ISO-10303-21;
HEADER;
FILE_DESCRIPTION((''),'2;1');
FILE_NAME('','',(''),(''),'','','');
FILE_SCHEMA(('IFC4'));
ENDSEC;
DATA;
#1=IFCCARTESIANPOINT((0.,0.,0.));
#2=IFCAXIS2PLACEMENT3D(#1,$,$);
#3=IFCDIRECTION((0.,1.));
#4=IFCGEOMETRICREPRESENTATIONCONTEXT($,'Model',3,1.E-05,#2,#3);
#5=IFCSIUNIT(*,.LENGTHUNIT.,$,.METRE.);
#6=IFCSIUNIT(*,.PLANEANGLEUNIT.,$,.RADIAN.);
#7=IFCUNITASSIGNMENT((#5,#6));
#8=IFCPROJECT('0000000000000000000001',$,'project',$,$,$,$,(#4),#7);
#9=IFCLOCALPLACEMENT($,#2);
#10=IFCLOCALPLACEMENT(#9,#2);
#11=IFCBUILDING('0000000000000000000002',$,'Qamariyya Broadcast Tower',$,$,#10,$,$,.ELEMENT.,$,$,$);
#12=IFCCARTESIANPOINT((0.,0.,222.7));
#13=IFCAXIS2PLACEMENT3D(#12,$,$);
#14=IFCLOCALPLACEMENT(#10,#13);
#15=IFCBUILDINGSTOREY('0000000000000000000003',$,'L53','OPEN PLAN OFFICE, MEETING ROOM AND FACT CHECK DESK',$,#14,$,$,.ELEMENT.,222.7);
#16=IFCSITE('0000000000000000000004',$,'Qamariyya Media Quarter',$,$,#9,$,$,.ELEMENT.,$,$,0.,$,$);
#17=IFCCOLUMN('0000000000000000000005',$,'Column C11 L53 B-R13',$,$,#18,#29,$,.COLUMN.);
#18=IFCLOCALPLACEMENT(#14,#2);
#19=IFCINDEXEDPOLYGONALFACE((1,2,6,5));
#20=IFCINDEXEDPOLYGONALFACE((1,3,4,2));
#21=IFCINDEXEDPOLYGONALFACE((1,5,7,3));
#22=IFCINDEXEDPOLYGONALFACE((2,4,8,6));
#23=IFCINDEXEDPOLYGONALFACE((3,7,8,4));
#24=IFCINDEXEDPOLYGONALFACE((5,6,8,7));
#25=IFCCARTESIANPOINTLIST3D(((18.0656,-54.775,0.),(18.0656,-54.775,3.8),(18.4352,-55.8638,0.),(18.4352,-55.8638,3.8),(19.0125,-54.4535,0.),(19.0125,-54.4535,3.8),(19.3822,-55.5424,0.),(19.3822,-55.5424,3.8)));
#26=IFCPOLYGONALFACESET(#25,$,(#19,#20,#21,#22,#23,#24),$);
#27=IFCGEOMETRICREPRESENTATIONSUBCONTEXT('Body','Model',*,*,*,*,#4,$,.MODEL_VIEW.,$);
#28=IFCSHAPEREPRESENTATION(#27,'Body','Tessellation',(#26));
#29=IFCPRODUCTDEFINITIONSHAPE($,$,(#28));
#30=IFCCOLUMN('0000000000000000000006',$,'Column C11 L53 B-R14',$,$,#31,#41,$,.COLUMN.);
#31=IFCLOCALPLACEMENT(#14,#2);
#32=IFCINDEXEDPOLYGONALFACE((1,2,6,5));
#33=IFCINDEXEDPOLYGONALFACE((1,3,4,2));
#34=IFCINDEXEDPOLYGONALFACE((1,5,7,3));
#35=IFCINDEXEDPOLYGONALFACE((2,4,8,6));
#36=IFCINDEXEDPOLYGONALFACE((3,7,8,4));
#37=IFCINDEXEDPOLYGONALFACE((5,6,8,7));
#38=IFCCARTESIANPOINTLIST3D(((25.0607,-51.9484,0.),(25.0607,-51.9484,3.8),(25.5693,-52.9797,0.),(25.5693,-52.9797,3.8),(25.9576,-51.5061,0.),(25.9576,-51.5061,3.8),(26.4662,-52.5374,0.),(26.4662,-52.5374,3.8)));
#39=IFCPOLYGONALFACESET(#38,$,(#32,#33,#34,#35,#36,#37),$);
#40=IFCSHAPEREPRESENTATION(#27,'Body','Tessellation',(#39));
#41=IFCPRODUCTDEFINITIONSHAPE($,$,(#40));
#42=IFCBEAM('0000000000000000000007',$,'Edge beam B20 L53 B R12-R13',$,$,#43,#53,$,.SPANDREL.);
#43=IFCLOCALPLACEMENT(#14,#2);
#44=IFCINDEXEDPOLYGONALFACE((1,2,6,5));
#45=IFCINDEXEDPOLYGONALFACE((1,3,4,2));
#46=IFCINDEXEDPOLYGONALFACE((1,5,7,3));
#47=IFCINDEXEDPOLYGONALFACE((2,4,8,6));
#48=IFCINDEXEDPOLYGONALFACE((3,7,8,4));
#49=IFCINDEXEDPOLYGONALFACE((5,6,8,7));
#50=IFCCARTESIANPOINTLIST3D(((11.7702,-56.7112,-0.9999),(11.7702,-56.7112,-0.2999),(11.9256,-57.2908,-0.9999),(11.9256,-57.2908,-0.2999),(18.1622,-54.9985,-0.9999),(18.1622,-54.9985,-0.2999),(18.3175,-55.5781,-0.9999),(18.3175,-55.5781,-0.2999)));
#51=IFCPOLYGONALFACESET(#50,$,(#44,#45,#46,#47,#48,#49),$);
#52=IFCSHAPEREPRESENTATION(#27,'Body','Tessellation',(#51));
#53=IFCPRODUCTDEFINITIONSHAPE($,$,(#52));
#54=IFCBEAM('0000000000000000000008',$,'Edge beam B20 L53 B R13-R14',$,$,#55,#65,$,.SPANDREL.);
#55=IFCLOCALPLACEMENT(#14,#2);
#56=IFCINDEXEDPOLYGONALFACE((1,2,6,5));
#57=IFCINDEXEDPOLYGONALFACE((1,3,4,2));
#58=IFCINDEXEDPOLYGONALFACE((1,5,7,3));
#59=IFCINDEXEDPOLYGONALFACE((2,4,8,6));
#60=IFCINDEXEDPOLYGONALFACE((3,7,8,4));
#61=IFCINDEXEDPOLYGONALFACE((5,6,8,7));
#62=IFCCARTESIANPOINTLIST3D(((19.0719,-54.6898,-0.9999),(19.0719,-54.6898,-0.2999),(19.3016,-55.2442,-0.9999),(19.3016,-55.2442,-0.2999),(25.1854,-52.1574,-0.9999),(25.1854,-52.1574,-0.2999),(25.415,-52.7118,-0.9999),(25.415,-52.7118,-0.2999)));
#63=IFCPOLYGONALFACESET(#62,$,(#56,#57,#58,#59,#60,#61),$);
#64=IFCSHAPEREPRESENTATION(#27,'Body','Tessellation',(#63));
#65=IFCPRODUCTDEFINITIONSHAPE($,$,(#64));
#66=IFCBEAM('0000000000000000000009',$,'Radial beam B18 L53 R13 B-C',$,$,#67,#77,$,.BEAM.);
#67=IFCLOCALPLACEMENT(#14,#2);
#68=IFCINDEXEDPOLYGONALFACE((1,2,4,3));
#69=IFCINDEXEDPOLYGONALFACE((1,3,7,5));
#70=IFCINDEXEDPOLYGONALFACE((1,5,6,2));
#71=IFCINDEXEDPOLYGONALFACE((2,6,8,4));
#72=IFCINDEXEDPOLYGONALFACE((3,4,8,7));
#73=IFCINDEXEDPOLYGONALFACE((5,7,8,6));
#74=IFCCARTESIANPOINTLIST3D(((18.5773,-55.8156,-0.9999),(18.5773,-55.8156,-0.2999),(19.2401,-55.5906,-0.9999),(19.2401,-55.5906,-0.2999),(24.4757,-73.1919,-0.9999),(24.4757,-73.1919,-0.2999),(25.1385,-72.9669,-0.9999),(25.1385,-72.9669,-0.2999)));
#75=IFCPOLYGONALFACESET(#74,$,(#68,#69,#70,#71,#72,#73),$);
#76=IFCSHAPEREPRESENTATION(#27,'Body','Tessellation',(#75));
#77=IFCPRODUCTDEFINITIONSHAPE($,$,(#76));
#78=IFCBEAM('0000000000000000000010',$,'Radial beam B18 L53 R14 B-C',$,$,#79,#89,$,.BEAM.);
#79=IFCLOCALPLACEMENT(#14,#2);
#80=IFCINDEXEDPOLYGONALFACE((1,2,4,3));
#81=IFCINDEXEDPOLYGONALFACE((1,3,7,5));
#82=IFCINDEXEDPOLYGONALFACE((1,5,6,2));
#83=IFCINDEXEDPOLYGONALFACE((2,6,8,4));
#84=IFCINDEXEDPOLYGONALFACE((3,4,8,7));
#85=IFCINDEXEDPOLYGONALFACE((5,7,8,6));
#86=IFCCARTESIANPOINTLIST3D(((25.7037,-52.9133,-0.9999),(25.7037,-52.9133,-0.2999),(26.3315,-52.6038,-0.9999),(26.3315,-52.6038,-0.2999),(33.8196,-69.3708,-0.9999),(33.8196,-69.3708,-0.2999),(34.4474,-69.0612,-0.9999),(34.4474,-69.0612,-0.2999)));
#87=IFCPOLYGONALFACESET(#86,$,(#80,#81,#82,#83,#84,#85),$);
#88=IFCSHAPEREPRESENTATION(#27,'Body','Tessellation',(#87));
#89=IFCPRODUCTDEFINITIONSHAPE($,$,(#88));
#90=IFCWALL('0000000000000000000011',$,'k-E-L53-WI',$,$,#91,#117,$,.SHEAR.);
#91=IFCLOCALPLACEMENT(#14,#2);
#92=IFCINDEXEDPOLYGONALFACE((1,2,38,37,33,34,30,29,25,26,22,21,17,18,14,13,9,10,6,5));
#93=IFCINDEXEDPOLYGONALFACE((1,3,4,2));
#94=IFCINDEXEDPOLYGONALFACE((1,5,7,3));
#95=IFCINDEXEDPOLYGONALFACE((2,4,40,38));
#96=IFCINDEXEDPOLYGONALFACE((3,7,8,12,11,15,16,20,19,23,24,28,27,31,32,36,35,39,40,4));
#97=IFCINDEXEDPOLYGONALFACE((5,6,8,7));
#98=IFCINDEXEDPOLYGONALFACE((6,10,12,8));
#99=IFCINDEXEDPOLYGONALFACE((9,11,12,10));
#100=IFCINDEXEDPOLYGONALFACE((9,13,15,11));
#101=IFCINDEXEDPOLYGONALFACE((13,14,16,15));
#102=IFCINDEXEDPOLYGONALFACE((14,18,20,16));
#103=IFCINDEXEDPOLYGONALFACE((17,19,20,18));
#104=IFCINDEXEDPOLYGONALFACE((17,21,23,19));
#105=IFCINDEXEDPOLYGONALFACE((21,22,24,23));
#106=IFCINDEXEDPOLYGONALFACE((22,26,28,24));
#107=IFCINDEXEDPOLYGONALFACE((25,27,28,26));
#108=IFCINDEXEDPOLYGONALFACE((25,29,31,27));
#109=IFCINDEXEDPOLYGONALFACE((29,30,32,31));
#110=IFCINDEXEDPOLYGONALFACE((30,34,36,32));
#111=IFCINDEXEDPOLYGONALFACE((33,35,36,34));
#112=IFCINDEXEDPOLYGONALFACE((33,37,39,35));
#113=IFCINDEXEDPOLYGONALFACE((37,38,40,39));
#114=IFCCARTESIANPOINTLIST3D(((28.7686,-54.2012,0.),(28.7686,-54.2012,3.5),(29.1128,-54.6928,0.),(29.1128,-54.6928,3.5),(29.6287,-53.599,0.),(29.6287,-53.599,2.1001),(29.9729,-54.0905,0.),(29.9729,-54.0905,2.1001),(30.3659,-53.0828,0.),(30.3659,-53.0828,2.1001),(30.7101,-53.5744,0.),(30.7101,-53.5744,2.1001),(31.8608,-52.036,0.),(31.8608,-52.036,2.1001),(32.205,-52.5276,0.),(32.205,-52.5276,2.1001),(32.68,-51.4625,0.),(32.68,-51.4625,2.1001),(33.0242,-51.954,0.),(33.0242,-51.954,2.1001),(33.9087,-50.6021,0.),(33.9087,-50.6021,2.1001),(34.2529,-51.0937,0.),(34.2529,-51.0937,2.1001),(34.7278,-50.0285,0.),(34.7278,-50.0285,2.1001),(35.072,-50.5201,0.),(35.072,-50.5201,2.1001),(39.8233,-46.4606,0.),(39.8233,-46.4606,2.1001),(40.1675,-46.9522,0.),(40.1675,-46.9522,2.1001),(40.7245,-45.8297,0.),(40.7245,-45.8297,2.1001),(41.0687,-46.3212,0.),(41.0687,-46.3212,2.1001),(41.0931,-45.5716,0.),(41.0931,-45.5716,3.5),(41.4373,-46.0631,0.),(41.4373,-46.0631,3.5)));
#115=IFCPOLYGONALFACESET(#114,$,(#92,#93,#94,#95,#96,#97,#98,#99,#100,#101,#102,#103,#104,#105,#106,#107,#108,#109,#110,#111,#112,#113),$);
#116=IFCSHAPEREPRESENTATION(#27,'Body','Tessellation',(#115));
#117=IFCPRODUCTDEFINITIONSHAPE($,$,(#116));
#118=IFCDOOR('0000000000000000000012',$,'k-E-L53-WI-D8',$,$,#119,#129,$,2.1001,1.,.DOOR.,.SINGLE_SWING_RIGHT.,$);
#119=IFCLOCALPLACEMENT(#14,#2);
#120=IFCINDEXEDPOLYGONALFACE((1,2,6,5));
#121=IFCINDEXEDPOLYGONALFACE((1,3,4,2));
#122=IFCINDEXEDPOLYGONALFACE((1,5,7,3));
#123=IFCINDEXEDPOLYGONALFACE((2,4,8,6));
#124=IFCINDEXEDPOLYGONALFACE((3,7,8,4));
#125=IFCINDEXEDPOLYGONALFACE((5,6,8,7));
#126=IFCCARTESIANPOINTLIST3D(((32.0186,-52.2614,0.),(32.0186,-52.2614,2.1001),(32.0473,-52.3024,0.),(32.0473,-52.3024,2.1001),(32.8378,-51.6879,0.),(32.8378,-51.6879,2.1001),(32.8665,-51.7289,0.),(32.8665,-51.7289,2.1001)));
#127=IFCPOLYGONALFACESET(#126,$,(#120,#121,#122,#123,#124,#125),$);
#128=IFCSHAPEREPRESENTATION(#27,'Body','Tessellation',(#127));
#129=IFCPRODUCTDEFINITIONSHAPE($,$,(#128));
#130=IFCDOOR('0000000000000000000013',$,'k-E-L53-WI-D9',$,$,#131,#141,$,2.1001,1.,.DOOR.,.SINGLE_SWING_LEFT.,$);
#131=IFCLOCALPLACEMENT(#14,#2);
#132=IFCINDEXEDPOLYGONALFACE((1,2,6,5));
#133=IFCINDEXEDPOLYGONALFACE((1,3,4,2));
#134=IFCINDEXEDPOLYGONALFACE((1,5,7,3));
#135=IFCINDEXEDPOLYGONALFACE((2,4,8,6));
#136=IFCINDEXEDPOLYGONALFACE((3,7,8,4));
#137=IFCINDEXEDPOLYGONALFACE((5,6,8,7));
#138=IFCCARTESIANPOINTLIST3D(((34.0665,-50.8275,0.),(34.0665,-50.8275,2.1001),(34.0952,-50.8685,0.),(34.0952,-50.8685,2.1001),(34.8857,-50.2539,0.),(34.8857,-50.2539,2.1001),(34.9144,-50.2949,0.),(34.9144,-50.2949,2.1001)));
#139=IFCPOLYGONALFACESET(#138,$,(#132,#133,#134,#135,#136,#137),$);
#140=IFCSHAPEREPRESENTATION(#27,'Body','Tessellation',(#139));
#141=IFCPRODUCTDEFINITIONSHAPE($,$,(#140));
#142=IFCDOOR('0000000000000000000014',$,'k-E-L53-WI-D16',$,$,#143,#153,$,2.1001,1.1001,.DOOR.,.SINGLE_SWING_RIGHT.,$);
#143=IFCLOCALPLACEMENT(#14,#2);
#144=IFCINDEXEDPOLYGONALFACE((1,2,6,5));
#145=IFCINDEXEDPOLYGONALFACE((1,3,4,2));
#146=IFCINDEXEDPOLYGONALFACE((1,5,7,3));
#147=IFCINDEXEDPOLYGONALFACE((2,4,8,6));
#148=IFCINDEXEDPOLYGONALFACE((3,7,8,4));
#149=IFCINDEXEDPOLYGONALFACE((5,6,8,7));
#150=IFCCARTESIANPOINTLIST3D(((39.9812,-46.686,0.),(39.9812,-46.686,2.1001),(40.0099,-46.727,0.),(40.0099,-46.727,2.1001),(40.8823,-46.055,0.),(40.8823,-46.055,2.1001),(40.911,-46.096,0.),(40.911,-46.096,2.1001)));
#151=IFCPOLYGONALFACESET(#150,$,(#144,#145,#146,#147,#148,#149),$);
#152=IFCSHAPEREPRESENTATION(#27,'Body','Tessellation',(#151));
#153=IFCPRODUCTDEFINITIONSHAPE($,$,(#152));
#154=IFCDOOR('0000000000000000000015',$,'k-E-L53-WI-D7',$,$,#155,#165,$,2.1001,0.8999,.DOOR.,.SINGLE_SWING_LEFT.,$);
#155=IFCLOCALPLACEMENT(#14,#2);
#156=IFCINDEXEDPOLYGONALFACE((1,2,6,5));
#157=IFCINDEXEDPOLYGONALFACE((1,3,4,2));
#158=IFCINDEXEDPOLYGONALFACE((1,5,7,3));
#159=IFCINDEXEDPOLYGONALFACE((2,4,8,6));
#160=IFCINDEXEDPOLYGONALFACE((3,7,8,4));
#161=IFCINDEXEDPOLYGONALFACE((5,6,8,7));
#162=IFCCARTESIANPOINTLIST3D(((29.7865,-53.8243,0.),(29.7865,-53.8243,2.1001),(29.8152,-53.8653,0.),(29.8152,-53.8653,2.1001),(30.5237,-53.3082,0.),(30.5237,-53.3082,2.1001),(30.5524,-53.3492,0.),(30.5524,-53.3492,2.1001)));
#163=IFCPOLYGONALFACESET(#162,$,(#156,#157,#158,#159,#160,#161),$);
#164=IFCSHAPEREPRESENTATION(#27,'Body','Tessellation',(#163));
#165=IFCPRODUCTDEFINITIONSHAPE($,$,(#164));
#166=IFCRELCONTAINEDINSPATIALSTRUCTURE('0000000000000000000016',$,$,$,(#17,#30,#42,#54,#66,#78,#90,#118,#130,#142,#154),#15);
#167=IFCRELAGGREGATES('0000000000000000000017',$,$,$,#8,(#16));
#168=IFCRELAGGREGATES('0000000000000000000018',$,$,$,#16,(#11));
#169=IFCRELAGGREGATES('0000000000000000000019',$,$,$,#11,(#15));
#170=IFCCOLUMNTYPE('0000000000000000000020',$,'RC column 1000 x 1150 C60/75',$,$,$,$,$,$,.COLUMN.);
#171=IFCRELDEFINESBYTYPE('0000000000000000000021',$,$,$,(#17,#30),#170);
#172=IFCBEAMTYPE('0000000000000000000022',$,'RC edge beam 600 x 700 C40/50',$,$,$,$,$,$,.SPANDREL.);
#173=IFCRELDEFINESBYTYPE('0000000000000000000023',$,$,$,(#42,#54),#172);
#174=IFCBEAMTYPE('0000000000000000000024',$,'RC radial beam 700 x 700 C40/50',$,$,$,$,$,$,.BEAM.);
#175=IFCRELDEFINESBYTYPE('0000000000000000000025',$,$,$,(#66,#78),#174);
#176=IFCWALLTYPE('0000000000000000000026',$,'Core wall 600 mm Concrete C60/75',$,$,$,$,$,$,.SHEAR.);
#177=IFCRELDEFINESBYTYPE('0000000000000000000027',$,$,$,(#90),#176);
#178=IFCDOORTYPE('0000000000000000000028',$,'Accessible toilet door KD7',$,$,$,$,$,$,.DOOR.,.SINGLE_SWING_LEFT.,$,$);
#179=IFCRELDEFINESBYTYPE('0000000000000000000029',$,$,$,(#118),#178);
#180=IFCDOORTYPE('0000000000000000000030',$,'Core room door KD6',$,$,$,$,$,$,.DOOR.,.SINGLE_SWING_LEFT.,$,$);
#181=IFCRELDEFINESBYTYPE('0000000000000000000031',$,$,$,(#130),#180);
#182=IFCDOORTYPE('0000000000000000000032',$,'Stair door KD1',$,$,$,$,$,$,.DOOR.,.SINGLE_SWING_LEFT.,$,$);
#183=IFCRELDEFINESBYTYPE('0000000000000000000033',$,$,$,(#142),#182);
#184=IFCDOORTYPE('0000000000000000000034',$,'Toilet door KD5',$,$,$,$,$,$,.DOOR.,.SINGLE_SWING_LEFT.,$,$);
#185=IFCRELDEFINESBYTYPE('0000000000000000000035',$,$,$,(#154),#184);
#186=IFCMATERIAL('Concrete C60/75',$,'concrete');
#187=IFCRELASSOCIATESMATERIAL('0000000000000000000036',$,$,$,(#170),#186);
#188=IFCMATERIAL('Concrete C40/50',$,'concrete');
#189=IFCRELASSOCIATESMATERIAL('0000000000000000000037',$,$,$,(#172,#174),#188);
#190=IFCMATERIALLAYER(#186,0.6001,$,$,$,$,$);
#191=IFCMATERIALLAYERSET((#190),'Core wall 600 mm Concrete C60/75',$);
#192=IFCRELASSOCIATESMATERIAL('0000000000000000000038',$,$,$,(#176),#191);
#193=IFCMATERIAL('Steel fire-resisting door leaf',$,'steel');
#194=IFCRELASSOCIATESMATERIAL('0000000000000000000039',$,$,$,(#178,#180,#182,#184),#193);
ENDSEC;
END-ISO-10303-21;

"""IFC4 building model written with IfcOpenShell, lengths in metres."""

from ifc_helpers import new_model, si_unit, direction, frame, frame_2d, origin, origin_2d, place, context, subcontext, project, spatial, rectangle, extrude, material, layer, layer_set, material_profile, profile_set, type_object, element, fill, save


model = new_model("IFC4")

# Units and contexts
model_context = context("Model", 3, precision=1e-05, world=origin(), true_north=direction((0.0, 1.0)))
body_context = subcontext(model_context, "Body", "Model", "MODEL_VIEW")
ifc_project = project(units=[si_unit("LENGTHUNIT", "METRE"), si_unit("PLANEANGLEUNIT", "RADIAN")], contexts=[model_context])

# Site, building, storey
site_placement = place(None, origin())
site = spatial("IfcSite", under=ifc_project, at=site_placement, Name="Qamariyya Media Quarter", CompositionType="ELEMENT", RefElevation=0.0)
building_placement = place(site_placement, origin())
building = spatial("IfcBuilding", under=site, at=building_placement, Name="Qamariyya Broadcast Tower", CompositionType="ELEMENT")
storey_placement = place(building_placement, frame((0.0, 0.0, 222.7)))
storey = spatial("IfcBuildingStorey", under=building, at=storey_placement, Name="L53", Description="OPEN PLAN OFFICE, MEETING ROOM AND FACT CHECK DESK", CompositionType="ELEMENT", Elevation=222.7)

# Columns
ifc_material_1 = material(Name="Concrete C60/75", Category="concrete")
ifc_material_profile_1 = material_profile(ifc_material_1, rectangle(XDim=1.0, YDim=1.1499, at=origin_2d()))
ifc_profile_set_1 = profile_set([ifc_material_profile_1], Name="Concrete C60/75")
column_type = type_object("IfcColumnType", Name="RC column 1000 x 1150 C60/75", PredefinedType="COLUMN", material=ifc_profile_set_1)
for number, where, z_axis, x_axis, name in (
    (1, (18.7239, -55.1587, 0.0), (0.0, 0.0, 1.0), (0.94693, 0.321439, 0.0), "Column C11 L53 B-R13"),
    (2, (25.7634, -52.2429, 0.0), (0.0, 0.0, 1.0), (0.896873, 0.442289, 0.0), "Column C11 L53 B-R14"),
):
    element("IfcColumn", number, at=place(storey_placement, frame(where, z_axis=z_axis, x_axis=x_axis)), inside=storey, type_object=column_type, Name=name, PredefinedType="COLUMN", context=body_context, shape_type="SweptSolid", body=[
        extrude(rectangle(XDim=1.0, YDim=1.1499, at=origin_2d()), origin(), (0.0, 0.0, 1.0), 3.8),
    ])

# Beams
ifc_material_2 = material(Name="Concrete C40/50", Category="concrete")
ifc_material_profile_2 = material_profile(ifc_material_2, rectangle(XDim=0.6001, YDim=0.7, at=origin_2d()))
ifc_profile_set_2 = profile_set([ifc_material_profile_2], Name="Concrete C40/50")
beam_type_1 = type_object("IfcBeamType", Name="RC edge beam 600 x 700 C40/50", PredefinedType="SPANDREL", material=ifc_profile_set_2)
beam_1_placement = place(storey_placement, frame((11.8479, -57.001, -0.6499), z_axis=(0.965927, 0.258813, 0.0), x_axis=(-0.258813, 0.965927, 0.0)))
element("IfcBeam", 3, at=beam_1_placement, inside=storey, type_object=beam_type_1, Name="Edge beam B20 L53 B R12-R13", PredefinedType="SPANDREL", context=body_context, shape_type="SweptSolid", body=[
    extrude(rectangle(XDim=0.6001, YDim=0.7, at=origin_2d()), origin(), (0.0, 0.0, 1.0), 6.6174),
])
beam_2_placement = place(storey_placement, frame((19.1868, -54.967, -0.6499), z_axis=(0.923871, 0.382705, 0.0), x_axis=(-0.382705, 0.923871, 0.0)))
element("IfcBeam", 4, at=beam_2_placement, inside=storey, type_object=beam_type_1, Name="Edge beam B20 L53 B R13-R14", PredefinedType="SPANDREL", context=body_context, shape_type="SweptSolid", body=[
    extrude(rectangle(XDim=0.6001, YDim=0.7, at=origin_2d()), origin(), (0.0, 0.0, 1.0), 6.6172),
])
ifc_material_profile_3 = material_profile(ifc_material_2, rectangle(XDim=0.7, YDim=0.7, at=origin_2d()))
ifc_profile_set_3 = profile_set([ifc_material_profile_3], Name="Concrete C40/50")
beam_type_2 = type_object("IfcBeamType", Name="RC radial beam 700 x 700 C40/50", PredefinedType="BEAM", material=ifc_profile_set_3)
beam_3_placement = place(storey_placement, frame((18.9087, -55.7031, -0.6499), z_axis=(0.32144, -0.94693, 0.0), x_axis=(0.94693, 0.32144, 0.0)))
element("IfcBeam", 5, at=beam_3_placement, inside=storey, type_object=beam_type_2, Name="Radial beam B18 L53 R13 B-C", PredefinedType="BEAM", context=body_context, shape_type="SweptSolid", body=[
    extrude(rectangle(XDim=0.7, YDim=0.7, at=origin_2d()), origin(), (0.0, 0.0, 1.0), 18.3501),
])
beam_4_placement = place(storey_placement, frame((26.0176, -52.7585, -0.6499), z_axis=(0.442289, -0.896872, 0.0), x_axis=(0.896872, 0.442289, 0.0)))
element("IfcBeam", 6, at=beam_4_placement, inside=storey, type_object=beam_type_2, Name="Radial beam B18 L53 R14 B-C", PredefinedType="BEAM", context=body_context, shape_type="SweptSolid", body=[
    extrude(rectangle(XDim=0.7, YDim=0.7, at=origin_2d()), origin(), (0.0, 0.0, 1.0), 18.3499),
])

# Wall, openings, doors
ifc_layer_1 = layer(ifc_material_1, 0.6001)
ifc_layer_set_1 = layer_set([ifc_layer_1], Name="Core wall 600 mm Concrete C60/75")
wall_type_1 = type_object("IfcWallType", Name="Core wall 600 mm Concrete C60/75", PredefinedType="SHEAR", material=ifc_layer_set_1)
wall_1_placement = place(storey_placement, frame((28.9407, -54.447, 0.0), z_axis=(0.0, 0.0, 1.0), x_axis=(0.819153, 0.573575, 0.0)))
wall_1 = element("IfcWall", 7, at=wall_1_placement, inside=storey, type_object=wall_type_1, Name="k-E-L53-WI", PredefinedType="SHEAR", context=body_context, shape_type="SweptSolid", body=[
    extrude(rectangle(XDim=15.0454, YDim=0.6001, at=frame_2d((7.5227, 0.0))), origin(), (0.0, 0.0, 1.0), 3.5),
])
opening_1_placement = place(wall_1_placement, frame((1.05, 0.0, 0.0)))
opening_1 = element("IfcOpeningElement", 8, at=opening_1_placement, cuts=wall_1, PredefinedType="OPENING", context=body_context, shape_type="SweptSolid", body=[
    extrude(rectangle(XDim=0.8999, YDim=2.1001, at=frame_2d((0.45, 1.05))), frame((0.0, 0.3101, 0.0), z_axis=(0.0, -1.0, 0.0), x_axis=(1.0, 0.0, 0.0)), (0.0, 0.0, 1.0), 0.6201),
])
opening_2_placement = place(wall_1_placement, frame((3.7749, 0.0, 0.0)))
opening_2 = element("IfcOpeningElement", 9, at=opening_2_placement, cuts=wall_1, PredefinedType="OPENING", context=body_context, shape_type="SweptSolid", body=[
    extrude(rectangle(XDim=1.0, YDim=2.1001, at=frame_2d((0.5, 1.05))), frame((0.0, 0.3101, 0.0), z_axis=(0.0, -1.0, 0.0), x_axis=(1.0, 0.0, 0.0)), (0.0, 0.0, 1.0), 0.6201),
])
opening_3_placement = place(wall_1_placement, frame((6.2749, 0.0, 0.0)))
opening_3 = element("IfcOpeningElement", 10, at=opening_3_placement, cuts=wall_1, PredefinedType="OPENING", context=body_context, shape_type="SweptSolid", body=[
    extrude(rectangle(XDim=1.0, YDim=2.1001, at=frame_2d((0.5, 1.05))), frame((0.0, 0.3101, 0.0), z_axis=(0.0, -1.0, 0.0), x_axis=(1.0, 0.0, 0.0)), (0.0, 0.0, 1.0), 0.6201),
])
opening_4_placement = place(wall_1_placement, frame((13.4954, 0.0, 0.0)))
opening_4 = element("IfcOpeningElement", 11, at=opening_4_placement, cuts=wall_1, PredefinedType="OPENING", context=body_context, shape_type="SweptSolid", body=[
    extrude(rectangle(XDim=1.1001, YDim=2.1001, at=frame_2d((0.55, 1.05))), frame((0.0, 0.3101, 0.0), z_axis=(0.0, -1.0, 0.0), x_axis=(1.0, 0.0, 0.0)), (0.0, 0.0, 1.0), 0.6201),
])
ifc_material_3 = material(Name="Steel fire-resisting door leaf", Category="steel")
door_type_1 = type_object("IfcDoorType", Name="Accessible toilet door KD7", OperationType="SINGLE_SWING_LEFT", PredefinedType="DOOR", material=ifc_material_3)
door_1_placement = place(opening_2_placement, origin())
door_1 = element("IfcDoor", 12, at=door_1_placement, inside=storey, type_object=door_type_1, Name="k-E-L53-WI-D8", OperationType="SINGLE_SWING_RIGHT", OverallHeight=2.1001, OverallWidth=1.0, PredefinedType="DOOR", context=body_context, shape_type="SweptSolid", body=[
    extrude(rectangle(XDim=1.0, YDim=2.1001, at=frame_2d((0.5, 1.05))), frame((0.0, 0.0249, 0.0), z_axis=(0.0, -1.0, 0.0), x_axis=(1.0, 0.0, 0.0)), (0.0, 0.0, 1.0), 0.05),
])
fill(opening_2, door_1)
door_type_2 = type_object("IfcDoorType", Name="Core room door KD6", OperationType="SINGLE_SWING_LEFT", PredefinedType="DOOR", material=ifc_material_3)
door_2_placement = place(opening_3_placement, origin())
door_2 = element("IfcDoor", 13, at=door_2_placement, inside=storey, type_object=door_type_2, Name="k-E-L53-WI-D9", OperationType="SINGLE_SWING_LEFT", OverallHeight=2.1001, OverallWidth=1.0, PredefinedType="DOOR", context=body_context, shape_type="SweptSolid", body=[
    extrude(rectangle(XDim=1.0, YDim=2.1001, at=frame_2d((0.5, 1.05))), frame((0.0, 0.0249, 0.0), z_axis=(0.0, -1.0, 0.0), x_axis=(1.0, 0.0, 0.0)), (0.0, 0.0, 1.0), 0.05),
])
fill(opening_3, door_2)
door_type_3 = type_object("IfcDoorType", Name="Stair door KD1", OperationType="SINGLE_SWING_LEFT", PredefinedType="DOOR", material=ifc_material_3)
door_3_placement = place(opening_4_placement, origin())
door_3 = element("IfcDoor", 14, at=door_3_placement, inside=storey, type_object=door_type_3, Name="k-E-L53-WI-D16", OperationType="SINGLE_SWING_RIGHT", OverallHeight=2.1001, OverallWidth=1.1001, PredefinedType="DOOR", context=body_context, shape_type="SweptSolid", body=[
    extrude(rectangle(XDim=1.1001, YDim=2.1001, at=frame_2d((0.55, 1.05))), frame((0.0, 0.0249, 0.0), z_axis=(0.0, -1.0, 0.0), x_axis=(1.0, 0.0, 0.0)), (0.0, 0.0, 1.0), 0.05),
])
fill(opening_4, door_3)
door_type_4 = type_object("IfcDoorType", Name="Toilet door KD5", OperationType="SINGLE_SWING_LEFT", PredefinedType="DOOR", material=ifc_material_3)
door_4_placement = place(opening_1_placement, origin())
door_4 = element("IfcDoor", 15, at=door_4_placement, inside=storey, type_object=door_type_4, Name="k-E-L53-WI-D7", OperationType="SINGLE_SWING_LEFT", OverallHeight=2.1001, OverallWidth=0.8999, PredefinedType="DOOR", context=body_context, shape_type="SweptSolid", body=[
    extrude(rectangle(XDim=0.8999, YDim=2.1001, at=frame_2d((0.45, 1.05))), frame((0.0, 0.0249, 0.0), z_axis=(0.0, -1.0, 0.0), x_axis=(1.0, 0.0, 0.0)), (0.0, 0.0, 1.0), 0.05),
])
fill(opening_1, door_4)

save(model, "model.ifc")
